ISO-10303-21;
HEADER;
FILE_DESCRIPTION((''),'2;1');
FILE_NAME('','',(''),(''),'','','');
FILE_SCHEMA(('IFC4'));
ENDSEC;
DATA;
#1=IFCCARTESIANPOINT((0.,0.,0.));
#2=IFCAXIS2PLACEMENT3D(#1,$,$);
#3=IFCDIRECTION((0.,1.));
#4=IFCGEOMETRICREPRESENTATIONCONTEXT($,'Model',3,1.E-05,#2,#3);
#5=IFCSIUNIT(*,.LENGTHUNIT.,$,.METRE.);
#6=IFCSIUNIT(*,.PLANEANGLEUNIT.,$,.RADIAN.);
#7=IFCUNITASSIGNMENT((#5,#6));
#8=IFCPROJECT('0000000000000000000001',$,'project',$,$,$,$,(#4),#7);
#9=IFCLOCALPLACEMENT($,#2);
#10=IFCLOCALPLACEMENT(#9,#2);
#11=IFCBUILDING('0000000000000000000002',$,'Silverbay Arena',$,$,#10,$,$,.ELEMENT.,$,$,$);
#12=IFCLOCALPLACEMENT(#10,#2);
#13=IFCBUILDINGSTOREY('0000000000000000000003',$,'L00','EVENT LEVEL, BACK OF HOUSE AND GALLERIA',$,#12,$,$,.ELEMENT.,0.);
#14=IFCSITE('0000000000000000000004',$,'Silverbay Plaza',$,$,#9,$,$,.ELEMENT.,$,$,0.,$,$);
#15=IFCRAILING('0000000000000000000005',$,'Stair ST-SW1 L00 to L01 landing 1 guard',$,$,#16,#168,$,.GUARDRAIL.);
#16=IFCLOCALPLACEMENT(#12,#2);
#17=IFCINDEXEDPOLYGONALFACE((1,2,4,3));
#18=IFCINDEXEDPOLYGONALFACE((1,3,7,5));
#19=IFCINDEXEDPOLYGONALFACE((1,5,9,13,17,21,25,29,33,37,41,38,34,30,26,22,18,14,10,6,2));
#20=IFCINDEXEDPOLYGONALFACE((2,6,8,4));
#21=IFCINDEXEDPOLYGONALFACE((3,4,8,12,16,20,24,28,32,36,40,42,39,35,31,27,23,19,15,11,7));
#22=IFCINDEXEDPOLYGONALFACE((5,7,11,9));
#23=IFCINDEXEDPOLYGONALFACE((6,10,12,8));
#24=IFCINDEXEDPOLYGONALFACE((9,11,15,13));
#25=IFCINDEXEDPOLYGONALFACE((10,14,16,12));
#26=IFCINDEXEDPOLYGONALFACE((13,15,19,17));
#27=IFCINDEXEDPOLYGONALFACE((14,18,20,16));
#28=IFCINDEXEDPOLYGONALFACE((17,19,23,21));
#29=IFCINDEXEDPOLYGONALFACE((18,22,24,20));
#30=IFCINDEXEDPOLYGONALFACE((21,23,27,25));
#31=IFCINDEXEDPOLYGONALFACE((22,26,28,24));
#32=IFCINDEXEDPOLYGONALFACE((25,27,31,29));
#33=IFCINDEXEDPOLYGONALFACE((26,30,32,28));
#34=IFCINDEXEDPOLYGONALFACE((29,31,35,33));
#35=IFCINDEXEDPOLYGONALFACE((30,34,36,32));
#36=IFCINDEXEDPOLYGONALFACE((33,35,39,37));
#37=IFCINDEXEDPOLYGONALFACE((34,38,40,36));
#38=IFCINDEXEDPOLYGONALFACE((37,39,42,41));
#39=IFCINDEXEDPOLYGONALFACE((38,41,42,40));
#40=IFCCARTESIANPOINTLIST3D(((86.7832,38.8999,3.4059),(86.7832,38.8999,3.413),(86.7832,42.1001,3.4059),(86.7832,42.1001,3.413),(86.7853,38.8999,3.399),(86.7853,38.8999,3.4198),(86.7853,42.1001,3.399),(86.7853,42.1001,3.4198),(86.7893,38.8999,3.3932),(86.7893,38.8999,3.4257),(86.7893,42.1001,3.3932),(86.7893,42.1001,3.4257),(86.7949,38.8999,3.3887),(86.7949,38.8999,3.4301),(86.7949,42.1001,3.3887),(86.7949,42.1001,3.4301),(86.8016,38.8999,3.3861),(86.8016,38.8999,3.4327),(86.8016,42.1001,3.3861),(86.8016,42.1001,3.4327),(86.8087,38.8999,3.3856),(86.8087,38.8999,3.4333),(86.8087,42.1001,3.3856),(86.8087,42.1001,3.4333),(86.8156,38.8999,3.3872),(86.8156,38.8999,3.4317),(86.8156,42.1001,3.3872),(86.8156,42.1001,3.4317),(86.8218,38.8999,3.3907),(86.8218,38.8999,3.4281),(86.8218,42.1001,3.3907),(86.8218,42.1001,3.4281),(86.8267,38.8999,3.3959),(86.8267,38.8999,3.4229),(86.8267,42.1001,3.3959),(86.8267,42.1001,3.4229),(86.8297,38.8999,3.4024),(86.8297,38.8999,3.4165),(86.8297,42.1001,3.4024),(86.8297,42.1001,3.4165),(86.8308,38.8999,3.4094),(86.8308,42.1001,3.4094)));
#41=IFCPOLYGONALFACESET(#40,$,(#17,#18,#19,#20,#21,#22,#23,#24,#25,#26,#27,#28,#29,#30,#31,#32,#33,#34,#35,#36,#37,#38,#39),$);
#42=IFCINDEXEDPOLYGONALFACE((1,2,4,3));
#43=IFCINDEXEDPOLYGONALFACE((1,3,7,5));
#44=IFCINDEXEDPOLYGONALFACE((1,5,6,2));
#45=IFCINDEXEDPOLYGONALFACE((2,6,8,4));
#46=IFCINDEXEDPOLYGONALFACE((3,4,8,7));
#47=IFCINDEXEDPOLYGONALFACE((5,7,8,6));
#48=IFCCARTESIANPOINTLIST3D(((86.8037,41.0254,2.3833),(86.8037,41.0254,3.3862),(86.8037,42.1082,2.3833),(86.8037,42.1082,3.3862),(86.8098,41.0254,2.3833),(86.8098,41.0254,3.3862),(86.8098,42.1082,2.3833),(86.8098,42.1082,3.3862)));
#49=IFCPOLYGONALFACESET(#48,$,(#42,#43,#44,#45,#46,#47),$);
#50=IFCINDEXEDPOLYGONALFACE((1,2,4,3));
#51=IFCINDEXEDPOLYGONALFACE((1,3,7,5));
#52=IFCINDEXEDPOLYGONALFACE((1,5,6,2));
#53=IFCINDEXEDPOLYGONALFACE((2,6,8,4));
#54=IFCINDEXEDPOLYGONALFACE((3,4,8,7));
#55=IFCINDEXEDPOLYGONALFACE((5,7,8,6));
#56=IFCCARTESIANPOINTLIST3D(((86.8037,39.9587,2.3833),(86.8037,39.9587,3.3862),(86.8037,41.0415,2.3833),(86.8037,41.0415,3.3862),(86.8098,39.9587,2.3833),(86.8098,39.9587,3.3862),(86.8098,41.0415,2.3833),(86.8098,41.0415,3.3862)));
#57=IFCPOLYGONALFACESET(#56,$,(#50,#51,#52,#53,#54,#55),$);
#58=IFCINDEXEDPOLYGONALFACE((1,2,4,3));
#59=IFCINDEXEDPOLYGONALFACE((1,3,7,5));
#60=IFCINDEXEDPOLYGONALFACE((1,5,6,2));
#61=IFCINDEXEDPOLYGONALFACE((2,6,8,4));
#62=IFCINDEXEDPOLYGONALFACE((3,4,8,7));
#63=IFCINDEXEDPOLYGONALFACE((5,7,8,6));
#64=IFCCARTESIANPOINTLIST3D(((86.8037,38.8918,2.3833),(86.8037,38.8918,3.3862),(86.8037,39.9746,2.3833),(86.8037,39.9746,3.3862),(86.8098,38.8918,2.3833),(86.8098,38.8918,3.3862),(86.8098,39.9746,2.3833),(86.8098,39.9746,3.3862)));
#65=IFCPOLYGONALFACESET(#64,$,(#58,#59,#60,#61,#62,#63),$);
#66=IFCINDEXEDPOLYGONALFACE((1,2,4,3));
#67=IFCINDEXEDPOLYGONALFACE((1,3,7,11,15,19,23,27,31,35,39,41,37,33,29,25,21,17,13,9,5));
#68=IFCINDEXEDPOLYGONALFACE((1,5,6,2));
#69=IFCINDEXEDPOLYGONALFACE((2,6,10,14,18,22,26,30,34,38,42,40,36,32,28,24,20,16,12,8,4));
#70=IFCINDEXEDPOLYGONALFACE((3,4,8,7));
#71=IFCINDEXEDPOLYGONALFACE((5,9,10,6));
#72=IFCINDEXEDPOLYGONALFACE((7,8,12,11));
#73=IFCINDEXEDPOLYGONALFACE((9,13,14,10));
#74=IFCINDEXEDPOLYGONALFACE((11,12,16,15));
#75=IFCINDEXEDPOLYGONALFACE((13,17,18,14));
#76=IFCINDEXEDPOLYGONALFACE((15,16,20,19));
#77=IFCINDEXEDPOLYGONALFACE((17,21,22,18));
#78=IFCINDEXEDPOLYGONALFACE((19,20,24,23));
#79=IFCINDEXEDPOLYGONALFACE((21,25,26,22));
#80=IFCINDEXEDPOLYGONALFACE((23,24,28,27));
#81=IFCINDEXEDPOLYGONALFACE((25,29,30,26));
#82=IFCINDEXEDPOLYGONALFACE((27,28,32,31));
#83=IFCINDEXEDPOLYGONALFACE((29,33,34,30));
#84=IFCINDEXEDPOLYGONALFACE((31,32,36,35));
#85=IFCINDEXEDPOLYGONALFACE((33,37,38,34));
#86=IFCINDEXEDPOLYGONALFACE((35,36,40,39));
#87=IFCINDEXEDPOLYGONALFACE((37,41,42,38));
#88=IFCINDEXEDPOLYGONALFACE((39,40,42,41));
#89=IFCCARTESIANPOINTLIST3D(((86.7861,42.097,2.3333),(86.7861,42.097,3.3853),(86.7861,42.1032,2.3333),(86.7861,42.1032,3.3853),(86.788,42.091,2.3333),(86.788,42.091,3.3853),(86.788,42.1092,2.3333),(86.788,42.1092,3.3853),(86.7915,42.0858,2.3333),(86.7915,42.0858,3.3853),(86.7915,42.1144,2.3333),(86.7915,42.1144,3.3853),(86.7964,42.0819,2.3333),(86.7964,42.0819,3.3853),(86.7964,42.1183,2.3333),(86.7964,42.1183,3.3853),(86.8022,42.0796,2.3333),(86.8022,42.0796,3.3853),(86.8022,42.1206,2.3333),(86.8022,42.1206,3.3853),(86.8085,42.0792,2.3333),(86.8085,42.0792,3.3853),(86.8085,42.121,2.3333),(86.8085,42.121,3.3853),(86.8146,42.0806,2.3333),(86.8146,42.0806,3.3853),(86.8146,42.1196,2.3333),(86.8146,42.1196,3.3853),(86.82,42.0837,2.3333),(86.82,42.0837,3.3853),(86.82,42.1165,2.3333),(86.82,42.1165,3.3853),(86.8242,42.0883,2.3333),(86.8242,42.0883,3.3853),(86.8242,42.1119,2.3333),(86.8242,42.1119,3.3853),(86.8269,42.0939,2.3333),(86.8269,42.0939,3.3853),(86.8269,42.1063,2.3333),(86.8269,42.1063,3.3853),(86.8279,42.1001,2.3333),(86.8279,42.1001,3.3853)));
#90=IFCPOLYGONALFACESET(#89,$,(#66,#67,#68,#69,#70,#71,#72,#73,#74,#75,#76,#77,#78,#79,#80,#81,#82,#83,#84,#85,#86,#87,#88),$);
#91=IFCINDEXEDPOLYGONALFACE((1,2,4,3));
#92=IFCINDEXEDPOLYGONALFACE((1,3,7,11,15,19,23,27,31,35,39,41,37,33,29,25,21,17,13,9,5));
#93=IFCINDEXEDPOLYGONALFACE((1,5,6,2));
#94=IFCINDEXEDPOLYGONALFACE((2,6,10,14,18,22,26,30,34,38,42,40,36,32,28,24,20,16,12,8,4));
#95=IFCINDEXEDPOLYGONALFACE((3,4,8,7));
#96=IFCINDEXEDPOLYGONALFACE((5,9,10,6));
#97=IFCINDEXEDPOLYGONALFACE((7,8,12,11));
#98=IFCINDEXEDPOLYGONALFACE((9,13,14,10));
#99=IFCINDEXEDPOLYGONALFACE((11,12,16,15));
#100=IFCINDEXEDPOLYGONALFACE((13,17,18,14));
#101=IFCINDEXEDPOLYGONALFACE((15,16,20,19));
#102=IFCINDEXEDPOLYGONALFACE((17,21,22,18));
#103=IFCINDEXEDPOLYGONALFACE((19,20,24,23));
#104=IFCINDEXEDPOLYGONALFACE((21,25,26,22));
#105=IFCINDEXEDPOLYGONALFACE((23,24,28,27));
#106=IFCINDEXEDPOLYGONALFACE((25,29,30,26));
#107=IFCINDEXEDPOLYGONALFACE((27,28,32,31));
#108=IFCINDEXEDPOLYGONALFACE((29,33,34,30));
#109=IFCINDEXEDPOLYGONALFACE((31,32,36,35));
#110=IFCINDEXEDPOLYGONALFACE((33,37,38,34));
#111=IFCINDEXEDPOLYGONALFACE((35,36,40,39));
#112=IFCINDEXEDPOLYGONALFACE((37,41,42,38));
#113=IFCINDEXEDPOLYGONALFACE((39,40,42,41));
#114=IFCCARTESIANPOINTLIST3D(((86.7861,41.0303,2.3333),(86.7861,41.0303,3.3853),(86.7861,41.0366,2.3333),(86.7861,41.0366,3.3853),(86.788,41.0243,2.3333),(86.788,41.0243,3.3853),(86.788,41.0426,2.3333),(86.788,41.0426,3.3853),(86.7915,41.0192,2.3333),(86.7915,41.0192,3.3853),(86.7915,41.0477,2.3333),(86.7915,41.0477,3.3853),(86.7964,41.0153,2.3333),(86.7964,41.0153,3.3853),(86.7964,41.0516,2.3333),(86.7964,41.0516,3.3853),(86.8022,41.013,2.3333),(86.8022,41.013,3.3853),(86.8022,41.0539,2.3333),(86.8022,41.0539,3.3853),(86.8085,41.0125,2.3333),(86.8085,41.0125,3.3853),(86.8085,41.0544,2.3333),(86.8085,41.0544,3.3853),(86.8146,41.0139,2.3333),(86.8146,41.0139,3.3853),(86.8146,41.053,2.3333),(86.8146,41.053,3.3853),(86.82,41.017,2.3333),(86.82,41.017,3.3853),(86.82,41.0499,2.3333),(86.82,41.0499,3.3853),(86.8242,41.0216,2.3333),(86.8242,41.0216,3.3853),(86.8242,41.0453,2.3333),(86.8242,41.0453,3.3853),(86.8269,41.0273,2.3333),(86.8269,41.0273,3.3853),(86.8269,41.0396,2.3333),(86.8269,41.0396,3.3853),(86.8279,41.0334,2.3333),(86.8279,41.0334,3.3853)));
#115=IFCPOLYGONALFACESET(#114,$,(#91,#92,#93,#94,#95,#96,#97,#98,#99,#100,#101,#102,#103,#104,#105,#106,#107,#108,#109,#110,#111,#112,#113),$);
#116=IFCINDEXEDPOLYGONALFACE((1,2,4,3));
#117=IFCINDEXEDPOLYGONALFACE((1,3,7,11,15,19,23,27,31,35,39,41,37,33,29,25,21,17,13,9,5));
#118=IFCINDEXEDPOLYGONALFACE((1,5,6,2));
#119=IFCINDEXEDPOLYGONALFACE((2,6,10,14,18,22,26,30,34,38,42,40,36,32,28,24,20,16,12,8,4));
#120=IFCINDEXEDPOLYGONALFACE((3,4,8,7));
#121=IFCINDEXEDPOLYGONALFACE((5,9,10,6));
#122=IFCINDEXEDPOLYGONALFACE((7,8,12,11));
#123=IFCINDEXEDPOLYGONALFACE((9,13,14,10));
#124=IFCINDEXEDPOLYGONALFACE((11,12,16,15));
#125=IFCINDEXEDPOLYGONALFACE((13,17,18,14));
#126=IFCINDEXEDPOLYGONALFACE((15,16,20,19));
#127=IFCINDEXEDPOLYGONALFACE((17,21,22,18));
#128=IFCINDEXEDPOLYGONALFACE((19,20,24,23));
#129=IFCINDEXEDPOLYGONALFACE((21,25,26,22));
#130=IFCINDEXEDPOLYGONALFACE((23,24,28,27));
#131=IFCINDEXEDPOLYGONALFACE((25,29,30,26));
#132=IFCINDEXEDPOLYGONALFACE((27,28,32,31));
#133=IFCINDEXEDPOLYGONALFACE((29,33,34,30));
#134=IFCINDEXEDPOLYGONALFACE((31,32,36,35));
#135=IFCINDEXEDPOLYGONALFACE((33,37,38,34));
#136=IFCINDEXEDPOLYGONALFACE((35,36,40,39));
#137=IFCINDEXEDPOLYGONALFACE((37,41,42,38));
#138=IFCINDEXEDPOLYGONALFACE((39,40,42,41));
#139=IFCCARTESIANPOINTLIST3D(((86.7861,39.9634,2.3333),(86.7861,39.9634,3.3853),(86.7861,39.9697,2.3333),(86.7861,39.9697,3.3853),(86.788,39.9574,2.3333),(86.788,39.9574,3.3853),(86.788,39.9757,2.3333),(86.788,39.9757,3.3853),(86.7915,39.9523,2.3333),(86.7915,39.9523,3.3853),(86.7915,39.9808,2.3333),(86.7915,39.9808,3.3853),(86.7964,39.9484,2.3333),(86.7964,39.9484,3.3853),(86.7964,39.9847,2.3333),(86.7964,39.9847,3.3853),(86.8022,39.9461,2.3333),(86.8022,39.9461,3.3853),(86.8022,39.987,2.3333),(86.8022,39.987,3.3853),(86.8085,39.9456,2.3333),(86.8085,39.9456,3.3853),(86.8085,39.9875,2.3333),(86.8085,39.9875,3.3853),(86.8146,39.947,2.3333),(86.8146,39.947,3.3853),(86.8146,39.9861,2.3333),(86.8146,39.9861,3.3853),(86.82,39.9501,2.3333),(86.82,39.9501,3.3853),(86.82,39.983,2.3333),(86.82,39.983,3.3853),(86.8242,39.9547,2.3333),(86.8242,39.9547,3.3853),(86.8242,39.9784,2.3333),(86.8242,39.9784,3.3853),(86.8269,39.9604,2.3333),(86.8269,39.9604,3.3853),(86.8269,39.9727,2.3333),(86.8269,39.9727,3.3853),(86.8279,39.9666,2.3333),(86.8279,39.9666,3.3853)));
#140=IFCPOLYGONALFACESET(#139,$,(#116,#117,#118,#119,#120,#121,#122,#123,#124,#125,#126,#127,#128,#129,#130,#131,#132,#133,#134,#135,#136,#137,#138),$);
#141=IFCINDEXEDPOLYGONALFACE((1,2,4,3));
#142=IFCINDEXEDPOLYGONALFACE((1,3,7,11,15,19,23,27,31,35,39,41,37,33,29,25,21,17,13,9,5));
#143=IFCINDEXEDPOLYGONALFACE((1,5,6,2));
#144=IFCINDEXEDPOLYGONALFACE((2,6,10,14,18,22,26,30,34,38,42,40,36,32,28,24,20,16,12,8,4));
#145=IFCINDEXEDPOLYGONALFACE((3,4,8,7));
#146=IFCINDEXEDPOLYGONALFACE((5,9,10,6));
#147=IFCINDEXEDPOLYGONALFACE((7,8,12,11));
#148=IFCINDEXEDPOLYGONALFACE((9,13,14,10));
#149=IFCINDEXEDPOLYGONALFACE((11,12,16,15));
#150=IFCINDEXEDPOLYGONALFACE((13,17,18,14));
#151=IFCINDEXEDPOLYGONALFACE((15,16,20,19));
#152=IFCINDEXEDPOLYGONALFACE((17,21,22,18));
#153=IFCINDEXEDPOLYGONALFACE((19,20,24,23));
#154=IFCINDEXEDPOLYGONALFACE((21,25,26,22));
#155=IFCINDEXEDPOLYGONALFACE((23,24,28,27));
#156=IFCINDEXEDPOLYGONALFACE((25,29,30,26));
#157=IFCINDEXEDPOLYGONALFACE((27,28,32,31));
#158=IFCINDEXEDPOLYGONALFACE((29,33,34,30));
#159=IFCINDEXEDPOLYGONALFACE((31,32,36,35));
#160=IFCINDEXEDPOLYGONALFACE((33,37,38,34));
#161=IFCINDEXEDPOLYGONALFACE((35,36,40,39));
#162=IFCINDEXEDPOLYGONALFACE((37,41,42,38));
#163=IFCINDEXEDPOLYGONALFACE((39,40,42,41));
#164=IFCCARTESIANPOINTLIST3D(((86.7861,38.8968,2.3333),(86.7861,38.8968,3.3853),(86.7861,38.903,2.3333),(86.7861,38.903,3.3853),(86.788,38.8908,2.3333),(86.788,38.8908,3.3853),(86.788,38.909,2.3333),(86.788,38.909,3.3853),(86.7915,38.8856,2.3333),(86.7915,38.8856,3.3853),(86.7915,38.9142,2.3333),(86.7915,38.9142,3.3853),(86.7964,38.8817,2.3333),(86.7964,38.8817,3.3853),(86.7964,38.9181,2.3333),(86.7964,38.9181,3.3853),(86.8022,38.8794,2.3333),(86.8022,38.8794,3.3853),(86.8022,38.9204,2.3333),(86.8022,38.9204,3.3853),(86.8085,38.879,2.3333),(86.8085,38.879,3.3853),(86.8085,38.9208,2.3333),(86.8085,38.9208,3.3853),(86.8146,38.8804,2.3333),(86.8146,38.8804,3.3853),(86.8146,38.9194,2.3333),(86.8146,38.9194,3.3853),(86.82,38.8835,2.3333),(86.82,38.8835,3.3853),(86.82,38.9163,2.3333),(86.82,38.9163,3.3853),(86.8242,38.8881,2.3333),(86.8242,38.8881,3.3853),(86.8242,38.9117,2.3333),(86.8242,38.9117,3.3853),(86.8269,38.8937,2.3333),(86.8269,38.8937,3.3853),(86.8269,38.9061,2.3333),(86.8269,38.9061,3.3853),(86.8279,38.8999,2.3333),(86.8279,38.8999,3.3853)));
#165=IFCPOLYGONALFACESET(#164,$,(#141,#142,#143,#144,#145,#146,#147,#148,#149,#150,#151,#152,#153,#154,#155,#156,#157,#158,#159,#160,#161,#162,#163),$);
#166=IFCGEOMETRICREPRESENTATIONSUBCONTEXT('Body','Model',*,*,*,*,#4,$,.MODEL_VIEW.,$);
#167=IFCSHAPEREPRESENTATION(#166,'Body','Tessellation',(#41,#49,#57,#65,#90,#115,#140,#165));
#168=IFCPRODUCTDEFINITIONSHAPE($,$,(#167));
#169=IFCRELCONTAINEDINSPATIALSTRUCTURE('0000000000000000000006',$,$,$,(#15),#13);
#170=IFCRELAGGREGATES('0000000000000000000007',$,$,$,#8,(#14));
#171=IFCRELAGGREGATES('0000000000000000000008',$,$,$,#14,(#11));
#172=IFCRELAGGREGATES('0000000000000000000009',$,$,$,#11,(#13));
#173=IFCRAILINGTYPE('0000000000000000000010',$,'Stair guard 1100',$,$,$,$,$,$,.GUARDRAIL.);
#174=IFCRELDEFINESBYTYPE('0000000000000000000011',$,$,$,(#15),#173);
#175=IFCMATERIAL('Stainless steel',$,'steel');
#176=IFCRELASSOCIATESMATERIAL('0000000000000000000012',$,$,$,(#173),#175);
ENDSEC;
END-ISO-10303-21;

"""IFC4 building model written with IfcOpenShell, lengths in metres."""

from ifc_helpers import new_model, si_unit, direction, frame, origin, origin_2d, place, context, subcontext, project, spatial, polyline, circle, outline, extrude, material, type_object, element, save


model = new_model("IFC4")

# Units and contexts
model_context = context("Model", 3, precision=1e-05, world=origin(), true_north=direction((0.0, 1.0)))
body_context = subcontext(model_context, "Body", "Model", "MODEL_VIEW")
ifc_project = project(units=[si_unit("LENGTHUNIT", "METRE"), si_unit("PLANEANGLEUNIT", "RADIAN")], contexts=[model_context])

# Site, building, storey
site_placement = place(None, origin())
site = spatial("IfcSite", under=ifc_project, at=site_placement, Name="Silverbay Plaza", CompositionType="ELEMENT", RefElevation=0.0)
building_placement = place(site_placement, origin())
building = spatial("IfcBuilding", under=site, at=building_placement, Name="Silverbay Arena", CompositionType="ELEMENT")
storey_placement = place(building_placement, origin())
storey = spatial("IfcBuildingStorey", under=building, at=storey_placement, Name="L00", Description="EVENT LEVEL, BACK OF HOUSE AND GALLERIA", CompositionType="ELEMENT", Elevation=0.0)

# Railing
ifc_material_1 = material(Name="Stainless steel", Category="steel")
railing_type_1 = type_object("IfcRailingType", Name="Stair guard 1100", PredefinedType="GUARDRAIL", material=ifc_material_1)
for number, where, name in (
    (1, (86.8069, 42.1001, 2.3333), "Stair ST-SW1 L00 to L01 landing 1 guard"),
):
    element("IfcRailing", number, at=place(storey_placement, frame(where)), inside=storey, type_object=railing_type_1, Name=name, PredefinedType="GUARDRAIL", context=body_context, shape_type="SweptSolid", body=[
        extrude(circle(Radius=0.0239, at=origin_2d()), frame((0.0, 0.0, 1.0762), z_axis=(0.0, -1.0, 0.0), x_axis=(1.0, 0.0, 0.0)), (0.0, 0.0, 1.0), 3.2002),
        extrude(outline(polyline([(-0.0081, 0.05), (1.0747, 0.05), (1.0747, 1.053), (-0.0081, 1.053), (-0.0081, 0.05)])), frame((0.0029, 0.0, 0.0), z_axis=(-1.0, 0.0, 0.0), x_axis=(0.0, -1.0, 0.0)), (0.0, 0.0, 1.0), 0.0061),
        extrude(outline(polyline([(-0.0081, 0.05), (1.0747, 0.05), (1.0747, 1.053), (-0.0081, 1.053), (-0.0081, 0.05)])), frame((0.0029, -1.0667, 0.0), z_axis=(-1.0, 0.0, 0.0), x_axis=(0.0, -1.0, 0.0)), (0.0, 0.0, 1.0), 0.0061),
        extrude(outline(polyline([(-0.0081, 0.05), (1.0747, 0.05), (1.0747, 1.053), (-0.0081, 1.053), (-0.0081, 0.05)])), frame((0.0029, -2.1335, 0.0), z_axis=(-1.0, 0.0, 0.0), x_axis=(0.0, -1.0, 0.0)), (0.0, 0.0, 1.0), 0.0061),
        extrude(circle(Radius=0.021, at=origin_2d()), origin(), (0.0, 0.0, 1.0), 1.052),
        extrude(circle(Radius=0.021, at=origin_2d()), frame((0.0, -1.0667, 0.0)), (0.0, 0.0, 1.0), 1.052),
        extrude(circle(Radius=0.021, at=origin_2d()), frame((0.0, -2.1335, 0.0)), (0.0, 0.0, 1.0), 1.052),
        extrude(circle(Radius=0.021, at=origin_2d()), frame((0.0, -3.2002, 0.0)), (0.0, 0.0, 1.0), 1.052),
    ])

save(model, "model.ifc")
